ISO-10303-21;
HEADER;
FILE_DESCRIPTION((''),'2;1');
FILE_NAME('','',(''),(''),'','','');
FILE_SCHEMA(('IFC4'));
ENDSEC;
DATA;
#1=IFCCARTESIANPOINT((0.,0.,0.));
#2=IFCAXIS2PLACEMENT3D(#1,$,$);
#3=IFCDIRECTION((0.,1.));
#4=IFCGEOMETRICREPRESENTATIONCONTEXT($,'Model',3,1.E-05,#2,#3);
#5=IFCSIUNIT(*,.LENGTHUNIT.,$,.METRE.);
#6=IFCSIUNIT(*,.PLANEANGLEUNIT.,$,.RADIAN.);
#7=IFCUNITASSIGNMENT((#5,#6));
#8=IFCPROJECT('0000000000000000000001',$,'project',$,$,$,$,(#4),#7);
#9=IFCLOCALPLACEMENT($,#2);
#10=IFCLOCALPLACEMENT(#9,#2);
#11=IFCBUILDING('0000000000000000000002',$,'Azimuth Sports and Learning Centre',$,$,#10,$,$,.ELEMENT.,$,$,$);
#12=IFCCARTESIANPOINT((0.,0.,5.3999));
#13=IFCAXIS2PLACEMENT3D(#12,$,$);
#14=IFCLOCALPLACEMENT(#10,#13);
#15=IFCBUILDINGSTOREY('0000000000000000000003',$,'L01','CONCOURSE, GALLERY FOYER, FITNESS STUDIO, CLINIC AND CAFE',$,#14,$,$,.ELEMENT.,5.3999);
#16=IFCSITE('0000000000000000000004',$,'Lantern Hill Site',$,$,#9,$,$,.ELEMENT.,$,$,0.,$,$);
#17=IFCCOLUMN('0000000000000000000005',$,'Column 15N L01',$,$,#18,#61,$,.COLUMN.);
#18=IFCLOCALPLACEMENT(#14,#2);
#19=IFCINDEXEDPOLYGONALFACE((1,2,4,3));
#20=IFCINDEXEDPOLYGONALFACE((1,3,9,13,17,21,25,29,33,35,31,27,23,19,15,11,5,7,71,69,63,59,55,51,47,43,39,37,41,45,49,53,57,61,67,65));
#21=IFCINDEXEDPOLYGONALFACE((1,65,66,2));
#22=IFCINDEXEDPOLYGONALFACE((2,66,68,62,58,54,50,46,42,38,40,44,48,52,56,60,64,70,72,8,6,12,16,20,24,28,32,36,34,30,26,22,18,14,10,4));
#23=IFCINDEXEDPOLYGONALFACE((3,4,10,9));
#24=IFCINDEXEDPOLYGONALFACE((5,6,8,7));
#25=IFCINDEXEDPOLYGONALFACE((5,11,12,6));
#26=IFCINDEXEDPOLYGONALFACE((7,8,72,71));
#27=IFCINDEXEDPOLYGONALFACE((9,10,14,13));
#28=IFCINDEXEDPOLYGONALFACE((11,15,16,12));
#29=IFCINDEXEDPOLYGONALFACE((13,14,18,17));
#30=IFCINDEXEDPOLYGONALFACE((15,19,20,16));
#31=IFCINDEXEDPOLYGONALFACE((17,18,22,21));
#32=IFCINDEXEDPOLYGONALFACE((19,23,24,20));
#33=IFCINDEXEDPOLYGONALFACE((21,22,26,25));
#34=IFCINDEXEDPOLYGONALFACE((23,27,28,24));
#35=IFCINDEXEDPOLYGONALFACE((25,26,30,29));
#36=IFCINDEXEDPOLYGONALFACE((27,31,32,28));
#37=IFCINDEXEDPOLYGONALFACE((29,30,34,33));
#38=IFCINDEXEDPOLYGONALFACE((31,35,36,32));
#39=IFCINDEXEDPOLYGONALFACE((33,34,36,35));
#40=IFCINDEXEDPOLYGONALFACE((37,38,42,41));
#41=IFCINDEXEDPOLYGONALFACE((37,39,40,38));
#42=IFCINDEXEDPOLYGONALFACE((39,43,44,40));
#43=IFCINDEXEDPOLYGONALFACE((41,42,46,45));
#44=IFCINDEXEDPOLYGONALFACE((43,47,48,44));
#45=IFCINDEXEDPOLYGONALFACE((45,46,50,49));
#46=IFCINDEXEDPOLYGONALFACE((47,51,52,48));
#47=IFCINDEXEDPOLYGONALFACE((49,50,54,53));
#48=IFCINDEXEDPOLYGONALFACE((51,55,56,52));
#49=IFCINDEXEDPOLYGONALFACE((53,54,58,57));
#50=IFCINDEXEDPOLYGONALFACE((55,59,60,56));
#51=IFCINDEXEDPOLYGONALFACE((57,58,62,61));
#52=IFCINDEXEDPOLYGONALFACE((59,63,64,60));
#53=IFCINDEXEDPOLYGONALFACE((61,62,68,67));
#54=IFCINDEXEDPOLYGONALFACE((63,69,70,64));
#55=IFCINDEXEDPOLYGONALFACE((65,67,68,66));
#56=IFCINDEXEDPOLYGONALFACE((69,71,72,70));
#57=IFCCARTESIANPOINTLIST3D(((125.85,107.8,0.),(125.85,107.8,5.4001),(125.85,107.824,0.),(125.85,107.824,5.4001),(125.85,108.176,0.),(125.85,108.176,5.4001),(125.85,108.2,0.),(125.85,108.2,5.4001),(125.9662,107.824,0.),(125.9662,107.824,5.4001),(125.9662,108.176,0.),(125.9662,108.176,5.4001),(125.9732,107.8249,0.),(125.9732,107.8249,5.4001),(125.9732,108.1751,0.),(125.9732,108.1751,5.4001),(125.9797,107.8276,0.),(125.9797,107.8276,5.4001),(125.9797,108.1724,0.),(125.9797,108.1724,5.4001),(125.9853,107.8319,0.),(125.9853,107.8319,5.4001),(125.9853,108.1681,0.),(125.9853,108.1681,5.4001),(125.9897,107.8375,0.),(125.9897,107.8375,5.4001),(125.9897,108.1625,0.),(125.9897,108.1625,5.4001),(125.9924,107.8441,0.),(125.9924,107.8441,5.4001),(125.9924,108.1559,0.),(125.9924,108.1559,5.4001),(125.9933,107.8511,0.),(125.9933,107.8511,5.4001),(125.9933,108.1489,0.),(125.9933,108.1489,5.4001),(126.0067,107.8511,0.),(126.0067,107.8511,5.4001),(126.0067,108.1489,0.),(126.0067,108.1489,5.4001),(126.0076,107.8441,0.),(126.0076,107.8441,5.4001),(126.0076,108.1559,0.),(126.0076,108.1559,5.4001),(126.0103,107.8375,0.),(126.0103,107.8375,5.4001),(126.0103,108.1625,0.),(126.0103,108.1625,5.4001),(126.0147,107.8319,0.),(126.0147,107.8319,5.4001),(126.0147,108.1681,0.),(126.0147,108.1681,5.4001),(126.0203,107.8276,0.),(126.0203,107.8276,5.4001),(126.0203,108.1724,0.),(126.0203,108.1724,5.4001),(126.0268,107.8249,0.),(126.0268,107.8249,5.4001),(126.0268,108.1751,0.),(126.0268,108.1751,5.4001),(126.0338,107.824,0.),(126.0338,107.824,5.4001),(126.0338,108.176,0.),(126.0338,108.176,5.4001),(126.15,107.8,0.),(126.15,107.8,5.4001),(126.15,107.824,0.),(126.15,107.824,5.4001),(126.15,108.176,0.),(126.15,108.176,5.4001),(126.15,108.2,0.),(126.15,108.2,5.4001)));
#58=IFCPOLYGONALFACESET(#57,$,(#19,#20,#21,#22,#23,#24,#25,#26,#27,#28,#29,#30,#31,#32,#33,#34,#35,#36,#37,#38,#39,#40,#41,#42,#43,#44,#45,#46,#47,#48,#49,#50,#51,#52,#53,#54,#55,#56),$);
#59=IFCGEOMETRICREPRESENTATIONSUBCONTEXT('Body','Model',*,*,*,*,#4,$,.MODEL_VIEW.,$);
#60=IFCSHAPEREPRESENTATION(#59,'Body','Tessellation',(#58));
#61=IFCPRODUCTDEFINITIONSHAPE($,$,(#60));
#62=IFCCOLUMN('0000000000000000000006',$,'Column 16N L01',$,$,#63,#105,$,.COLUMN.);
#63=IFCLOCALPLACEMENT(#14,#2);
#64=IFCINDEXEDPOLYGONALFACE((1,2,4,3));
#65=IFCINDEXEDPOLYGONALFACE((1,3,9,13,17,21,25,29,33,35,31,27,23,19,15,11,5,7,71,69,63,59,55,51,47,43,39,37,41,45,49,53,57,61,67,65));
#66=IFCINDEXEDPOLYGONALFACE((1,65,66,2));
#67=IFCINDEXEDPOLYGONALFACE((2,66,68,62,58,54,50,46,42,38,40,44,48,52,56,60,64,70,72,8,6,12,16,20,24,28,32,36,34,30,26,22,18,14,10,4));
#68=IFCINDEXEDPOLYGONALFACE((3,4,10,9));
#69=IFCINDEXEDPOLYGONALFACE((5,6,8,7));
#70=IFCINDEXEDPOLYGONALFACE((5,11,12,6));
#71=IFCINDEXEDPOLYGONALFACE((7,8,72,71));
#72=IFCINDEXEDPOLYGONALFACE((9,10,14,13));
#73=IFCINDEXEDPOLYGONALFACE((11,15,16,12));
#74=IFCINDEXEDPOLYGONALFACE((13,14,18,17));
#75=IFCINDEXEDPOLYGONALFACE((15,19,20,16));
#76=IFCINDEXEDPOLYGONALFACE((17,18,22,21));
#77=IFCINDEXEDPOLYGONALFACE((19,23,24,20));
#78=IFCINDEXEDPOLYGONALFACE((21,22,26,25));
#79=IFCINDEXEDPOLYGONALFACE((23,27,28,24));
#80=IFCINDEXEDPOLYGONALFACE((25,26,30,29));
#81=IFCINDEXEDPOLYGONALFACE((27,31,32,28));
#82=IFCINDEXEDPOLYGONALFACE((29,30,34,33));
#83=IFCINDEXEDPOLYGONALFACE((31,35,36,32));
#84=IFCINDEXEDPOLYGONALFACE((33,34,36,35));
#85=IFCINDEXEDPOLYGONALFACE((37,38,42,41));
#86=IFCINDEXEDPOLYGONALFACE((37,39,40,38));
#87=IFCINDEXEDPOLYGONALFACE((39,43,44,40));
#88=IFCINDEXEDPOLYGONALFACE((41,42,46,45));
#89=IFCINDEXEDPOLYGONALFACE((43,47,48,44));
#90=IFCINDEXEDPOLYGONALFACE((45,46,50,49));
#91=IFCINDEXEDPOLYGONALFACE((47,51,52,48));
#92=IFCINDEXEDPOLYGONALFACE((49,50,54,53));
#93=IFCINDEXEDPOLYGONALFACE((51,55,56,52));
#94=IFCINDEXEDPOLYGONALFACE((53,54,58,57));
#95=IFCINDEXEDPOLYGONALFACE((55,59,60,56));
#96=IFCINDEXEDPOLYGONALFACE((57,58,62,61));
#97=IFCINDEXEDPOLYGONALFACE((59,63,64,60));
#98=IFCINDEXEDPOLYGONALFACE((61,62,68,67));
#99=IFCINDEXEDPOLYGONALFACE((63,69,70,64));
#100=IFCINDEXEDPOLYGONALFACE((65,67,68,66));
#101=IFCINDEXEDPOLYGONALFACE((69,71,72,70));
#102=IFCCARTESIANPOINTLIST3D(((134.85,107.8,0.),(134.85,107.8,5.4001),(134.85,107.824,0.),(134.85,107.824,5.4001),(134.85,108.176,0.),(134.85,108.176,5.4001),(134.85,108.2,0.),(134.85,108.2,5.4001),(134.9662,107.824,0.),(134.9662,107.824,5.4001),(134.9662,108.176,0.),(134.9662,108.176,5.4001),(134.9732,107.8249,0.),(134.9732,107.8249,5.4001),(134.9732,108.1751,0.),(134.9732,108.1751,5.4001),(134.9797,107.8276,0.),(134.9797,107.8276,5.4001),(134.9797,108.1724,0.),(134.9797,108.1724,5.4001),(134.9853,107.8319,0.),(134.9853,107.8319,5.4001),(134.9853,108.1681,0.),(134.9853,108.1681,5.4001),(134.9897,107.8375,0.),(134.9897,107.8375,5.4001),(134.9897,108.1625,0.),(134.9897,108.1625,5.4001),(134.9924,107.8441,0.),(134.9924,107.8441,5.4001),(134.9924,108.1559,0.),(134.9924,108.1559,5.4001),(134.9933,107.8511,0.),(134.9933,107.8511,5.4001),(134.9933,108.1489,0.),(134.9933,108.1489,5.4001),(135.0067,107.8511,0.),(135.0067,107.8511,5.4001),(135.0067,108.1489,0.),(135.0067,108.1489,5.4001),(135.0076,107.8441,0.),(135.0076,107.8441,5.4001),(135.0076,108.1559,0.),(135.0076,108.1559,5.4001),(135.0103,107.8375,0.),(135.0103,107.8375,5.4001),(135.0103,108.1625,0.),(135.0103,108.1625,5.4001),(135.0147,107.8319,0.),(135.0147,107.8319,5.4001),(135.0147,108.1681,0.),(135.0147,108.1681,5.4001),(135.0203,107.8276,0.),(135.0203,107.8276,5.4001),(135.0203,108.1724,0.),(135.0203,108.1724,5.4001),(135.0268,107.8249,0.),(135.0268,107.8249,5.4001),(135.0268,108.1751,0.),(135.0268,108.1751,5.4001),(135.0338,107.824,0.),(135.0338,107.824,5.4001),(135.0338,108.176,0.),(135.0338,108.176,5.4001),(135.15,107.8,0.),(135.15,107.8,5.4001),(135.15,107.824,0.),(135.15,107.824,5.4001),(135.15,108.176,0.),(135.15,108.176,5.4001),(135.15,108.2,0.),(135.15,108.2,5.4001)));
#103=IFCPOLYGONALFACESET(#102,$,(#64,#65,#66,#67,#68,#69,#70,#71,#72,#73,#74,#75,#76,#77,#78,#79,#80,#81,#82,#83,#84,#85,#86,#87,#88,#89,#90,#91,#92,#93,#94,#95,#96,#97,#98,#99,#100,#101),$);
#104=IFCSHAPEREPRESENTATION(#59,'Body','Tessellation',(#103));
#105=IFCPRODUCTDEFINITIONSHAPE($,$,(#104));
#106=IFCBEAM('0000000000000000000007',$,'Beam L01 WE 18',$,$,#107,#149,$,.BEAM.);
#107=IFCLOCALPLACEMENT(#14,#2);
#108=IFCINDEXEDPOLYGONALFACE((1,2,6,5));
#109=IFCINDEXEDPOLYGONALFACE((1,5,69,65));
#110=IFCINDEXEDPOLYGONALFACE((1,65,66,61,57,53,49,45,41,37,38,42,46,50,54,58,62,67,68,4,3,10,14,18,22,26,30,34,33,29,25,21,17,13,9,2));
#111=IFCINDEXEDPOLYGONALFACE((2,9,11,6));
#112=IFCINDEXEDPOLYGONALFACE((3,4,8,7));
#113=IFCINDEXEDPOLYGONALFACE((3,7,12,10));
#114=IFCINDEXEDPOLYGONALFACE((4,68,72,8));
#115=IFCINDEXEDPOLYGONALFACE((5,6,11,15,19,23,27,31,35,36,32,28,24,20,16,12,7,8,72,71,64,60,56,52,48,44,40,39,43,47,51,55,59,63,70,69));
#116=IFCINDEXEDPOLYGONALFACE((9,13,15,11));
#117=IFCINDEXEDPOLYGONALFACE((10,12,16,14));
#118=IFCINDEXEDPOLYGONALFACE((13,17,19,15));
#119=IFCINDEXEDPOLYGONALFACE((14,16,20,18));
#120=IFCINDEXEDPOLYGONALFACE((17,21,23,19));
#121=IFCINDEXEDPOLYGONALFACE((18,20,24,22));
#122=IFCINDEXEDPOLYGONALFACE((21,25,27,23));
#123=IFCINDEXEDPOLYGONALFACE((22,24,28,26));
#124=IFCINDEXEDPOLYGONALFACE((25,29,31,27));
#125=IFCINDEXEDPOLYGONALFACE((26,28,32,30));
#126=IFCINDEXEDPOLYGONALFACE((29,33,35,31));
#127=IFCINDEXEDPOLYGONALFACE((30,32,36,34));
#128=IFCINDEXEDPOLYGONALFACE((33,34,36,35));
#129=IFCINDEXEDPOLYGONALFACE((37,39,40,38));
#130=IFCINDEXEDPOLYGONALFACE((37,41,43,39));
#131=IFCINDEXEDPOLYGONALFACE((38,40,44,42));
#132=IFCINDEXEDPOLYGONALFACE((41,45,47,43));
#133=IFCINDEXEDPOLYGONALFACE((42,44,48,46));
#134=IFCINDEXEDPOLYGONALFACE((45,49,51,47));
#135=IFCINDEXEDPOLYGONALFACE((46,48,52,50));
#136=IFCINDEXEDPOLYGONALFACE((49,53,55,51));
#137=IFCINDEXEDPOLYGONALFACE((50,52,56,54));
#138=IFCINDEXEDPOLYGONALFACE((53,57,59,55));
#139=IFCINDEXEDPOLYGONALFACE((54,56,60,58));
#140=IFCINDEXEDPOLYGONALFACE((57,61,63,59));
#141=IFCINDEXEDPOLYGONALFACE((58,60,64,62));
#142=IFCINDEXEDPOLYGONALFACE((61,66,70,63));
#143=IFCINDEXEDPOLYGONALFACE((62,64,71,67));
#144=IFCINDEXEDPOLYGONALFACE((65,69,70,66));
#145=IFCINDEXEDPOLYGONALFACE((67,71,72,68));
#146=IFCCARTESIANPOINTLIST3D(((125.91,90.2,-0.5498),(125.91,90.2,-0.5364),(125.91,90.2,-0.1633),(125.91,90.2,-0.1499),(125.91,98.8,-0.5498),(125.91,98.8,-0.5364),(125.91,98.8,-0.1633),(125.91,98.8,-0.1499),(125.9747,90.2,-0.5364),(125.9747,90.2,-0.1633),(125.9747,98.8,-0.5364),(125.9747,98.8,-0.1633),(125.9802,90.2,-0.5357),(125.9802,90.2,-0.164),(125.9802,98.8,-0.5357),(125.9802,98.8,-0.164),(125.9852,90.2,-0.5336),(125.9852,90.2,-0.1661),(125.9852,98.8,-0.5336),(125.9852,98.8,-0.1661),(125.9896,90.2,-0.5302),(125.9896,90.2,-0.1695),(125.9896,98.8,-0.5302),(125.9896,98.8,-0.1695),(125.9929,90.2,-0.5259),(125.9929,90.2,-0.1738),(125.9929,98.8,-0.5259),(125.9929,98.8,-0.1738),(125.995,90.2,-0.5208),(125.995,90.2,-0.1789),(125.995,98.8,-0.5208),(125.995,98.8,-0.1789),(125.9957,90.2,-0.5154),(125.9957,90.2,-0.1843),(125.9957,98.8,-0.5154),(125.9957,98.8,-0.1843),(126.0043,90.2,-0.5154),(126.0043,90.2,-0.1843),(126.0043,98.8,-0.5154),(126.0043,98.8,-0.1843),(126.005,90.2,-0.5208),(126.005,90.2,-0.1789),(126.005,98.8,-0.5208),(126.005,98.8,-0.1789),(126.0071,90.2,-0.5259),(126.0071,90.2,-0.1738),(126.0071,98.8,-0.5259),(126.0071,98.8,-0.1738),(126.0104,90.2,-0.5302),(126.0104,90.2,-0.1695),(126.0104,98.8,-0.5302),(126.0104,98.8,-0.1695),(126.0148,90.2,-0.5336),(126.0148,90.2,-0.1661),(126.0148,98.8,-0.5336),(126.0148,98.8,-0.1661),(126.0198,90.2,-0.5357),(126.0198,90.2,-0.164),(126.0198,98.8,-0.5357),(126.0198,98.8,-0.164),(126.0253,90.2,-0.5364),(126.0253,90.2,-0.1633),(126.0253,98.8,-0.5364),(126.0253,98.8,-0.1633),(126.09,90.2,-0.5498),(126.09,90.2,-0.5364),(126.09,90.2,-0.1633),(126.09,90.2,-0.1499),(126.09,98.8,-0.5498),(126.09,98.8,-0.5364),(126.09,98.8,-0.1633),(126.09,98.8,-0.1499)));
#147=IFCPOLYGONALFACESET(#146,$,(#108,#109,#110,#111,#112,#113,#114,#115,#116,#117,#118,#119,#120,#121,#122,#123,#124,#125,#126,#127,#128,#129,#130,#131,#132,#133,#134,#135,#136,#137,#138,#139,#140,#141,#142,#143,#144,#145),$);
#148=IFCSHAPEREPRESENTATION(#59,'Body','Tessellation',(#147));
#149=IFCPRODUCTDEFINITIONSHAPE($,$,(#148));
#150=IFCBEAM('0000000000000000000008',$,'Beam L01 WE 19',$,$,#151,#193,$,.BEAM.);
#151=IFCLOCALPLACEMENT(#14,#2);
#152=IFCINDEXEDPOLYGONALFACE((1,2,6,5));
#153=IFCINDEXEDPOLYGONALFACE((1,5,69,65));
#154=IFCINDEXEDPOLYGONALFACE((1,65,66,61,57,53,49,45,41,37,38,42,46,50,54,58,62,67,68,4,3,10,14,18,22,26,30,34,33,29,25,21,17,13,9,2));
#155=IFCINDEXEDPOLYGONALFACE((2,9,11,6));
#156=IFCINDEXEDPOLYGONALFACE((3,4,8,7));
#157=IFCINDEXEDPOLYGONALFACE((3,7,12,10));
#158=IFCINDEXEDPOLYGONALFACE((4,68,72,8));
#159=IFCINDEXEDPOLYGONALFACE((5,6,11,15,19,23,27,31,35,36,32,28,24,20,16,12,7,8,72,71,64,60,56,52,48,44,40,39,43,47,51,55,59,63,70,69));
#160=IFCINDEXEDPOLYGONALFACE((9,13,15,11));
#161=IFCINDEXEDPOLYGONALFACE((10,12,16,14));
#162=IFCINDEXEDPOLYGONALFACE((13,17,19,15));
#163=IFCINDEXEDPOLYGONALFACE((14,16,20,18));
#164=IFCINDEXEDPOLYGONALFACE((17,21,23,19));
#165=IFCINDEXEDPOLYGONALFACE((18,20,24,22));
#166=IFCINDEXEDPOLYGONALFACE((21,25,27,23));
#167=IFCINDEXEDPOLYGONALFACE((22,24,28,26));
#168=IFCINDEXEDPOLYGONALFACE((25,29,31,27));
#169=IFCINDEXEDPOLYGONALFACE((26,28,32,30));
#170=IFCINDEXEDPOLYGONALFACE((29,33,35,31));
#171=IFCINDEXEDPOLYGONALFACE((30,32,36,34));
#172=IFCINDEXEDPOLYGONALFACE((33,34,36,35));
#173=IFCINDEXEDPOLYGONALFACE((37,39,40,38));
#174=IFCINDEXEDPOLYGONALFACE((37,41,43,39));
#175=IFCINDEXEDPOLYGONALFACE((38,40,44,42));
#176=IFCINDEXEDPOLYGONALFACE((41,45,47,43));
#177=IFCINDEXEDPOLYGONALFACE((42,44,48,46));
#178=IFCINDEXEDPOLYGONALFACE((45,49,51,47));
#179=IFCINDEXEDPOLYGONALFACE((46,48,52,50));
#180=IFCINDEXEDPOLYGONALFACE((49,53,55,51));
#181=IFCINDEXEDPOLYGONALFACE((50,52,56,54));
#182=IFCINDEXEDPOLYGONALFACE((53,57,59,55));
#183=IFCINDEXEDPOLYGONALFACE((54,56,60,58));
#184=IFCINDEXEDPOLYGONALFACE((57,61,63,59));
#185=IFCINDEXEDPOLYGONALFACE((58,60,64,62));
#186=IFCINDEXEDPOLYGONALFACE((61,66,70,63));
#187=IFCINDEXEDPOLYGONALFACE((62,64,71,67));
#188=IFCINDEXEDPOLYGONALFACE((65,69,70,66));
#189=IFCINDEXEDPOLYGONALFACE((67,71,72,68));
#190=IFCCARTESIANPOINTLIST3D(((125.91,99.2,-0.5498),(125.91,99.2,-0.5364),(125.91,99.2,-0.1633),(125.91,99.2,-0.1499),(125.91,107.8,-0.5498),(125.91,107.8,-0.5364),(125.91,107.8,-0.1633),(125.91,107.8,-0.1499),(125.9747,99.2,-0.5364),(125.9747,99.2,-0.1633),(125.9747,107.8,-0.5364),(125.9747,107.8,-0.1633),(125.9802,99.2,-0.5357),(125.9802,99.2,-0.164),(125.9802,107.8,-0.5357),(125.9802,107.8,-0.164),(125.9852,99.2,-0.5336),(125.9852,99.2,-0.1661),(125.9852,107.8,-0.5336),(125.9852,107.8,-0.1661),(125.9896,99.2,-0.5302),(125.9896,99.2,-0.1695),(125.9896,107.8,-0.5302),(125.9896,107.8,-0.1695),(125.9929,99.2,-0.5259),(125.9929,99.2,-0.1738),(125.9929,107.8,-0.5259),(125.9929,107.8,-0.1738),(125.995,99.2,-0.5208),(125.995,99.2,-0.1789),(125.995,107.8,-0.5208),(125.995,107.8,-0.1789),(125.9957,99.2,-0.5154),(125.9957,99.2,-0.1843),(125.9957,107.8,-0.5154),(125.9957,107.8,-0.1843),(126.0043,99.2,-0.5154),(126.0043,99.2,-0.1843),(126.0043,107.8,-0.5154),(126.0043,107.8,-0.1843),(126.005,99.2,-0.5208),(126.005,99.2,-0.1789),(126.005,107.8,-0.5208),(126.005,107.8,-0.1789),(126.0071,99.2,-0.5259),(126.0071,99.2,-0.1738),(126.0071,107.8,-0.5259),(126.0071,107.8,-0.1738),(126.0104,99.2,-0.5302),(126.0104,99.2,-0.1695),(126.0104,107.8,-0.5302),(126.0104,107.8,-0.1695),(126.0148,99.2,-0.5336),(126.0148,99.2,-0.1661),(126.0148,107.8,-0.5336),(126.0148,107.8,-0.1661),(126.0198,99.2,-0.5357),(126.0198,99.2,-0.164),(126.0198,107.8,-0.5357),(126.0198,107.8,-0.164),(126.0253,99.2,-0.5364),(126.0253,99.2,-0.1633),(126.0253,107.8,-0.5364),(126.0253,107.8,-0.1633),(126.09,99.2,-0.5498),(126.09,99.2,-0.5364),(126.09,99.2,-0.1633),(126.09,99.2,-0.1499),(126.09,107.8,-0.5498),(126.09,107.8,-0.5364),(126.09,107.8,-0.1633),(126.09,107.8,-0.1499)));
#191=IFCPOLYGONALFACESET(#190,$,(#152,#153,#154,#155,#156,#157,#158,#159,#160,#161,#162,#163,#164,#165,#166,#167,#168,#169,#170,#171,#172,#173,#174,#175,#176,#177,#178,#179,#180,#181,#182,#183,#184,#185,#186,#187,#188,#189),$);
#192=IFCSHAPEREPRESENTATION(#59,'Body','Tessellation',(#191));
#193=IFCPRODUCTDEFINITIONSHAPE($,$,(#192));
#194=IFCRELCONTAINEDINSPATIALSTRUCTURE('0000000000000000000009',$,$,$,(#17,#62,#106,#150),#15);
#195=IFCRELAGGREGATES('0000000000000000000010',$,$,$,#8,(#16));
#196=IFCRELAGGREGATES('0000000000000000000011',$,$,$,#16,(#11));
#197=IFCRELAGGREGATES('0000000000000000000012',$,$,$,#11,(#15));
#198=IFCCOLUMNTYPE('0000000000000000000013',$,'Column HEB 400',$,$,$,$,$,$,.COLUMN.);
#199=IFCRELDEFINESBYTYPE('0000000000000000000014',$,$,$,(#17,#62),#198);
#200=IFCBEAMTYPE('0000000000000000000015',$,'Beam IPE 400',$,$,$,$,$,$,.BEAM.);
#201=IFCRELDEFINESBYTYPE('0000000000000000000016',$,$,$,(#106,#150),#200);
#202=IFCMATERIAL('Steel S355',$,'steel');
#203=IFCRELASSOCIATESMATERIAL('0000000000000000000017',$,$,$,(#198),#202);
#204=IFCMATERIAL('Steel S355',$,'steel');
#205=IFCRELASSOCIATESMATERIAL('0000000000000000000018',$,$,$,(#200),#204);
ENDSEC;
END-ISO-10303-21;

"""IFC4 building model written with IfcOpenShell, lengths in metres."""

from ifc_helpers import new_model, si_unit, direction, frame, origin, origin_2d, place, context, subcontext, project, spatial, i_section, extrude, material, material_profile, profile_set, type_object, element, save


model = new_model("IFC4")

# Units and contexts
model_context = context("Model", 3, precision=1e-05, world=origin(), true_north=direction((0.0, 1.0)))
body_context = subcontext(model_context, "Body", "Model", "MODEL_VIEW")
ifc_project = project(units=[si_unit("LENGTHUNIT", "METRE"), si_unit("PLANEANGLEUNIT", "RADIAN")], contexts=[model_context])

# Site, building, storey
site_placement = place(None, origin())
site = spatial("IfcSite", under=ifc_project, at=site_placement, Name="Lantern Hill Site", CompositionType="ELEMENT", RefElevation=0.0)
building_placement = place(site_placement, origin())
building = spatial("IfcBuilding", under=site, at=building_placement, Name="Azimuth Sports and Learning Centre", CompositionType="ELEMENT")
storey_placement = place(building_placement, frame((0.0, 0.0, 5.3999)))
storey = spatial("IfcBuildingStorey", under=building, at=storey_placement, Name="L01", Description="CONCOURSE, GALLERY FOYER, FITNESS STUDIO, CLINIC AND CAFE", CompositionType="ELEMENT", Elevation=5.3999)

# Columns
ifc_material_1 = material(Name="Steel S355", Category="steel")
ifc_material_profile_1 = material_profile(ifc_material_1, i_section(OverallWidth=0.3, OverallDepth=0.3999, WebThickness=0.0134, FlangeThickness=0.0239, FilletRadius=0.0271, at=origin_2d()), Name="HEB 400")
ifc_profile_set_1 = profile_set([ifc_material_profile_1], Name="Steel S355")
column_type = type_object("IfcColumnType", Name="Column HEB 400", PredefinedType="COLUMN", material=ifc_profile_set_1)
for number, where, z_axis, x_axis, name in (
    (1, (126.0, 108.0, 0.0), (0.0, 0.0, 1.0), (1.0, 0.0, 0.0), "Column 15N L01"),
    (2, (135.0, 108.0, 0.0), (0.0, 0.0, 1.0), (1.0, 0.0, 0.0), "Column 16N L01"),
):
    element("IfcColumn", number, at=place(storey_placement, frame(where, z_axis=z_axis, x_axis=x_axis)), inside=storey, type_object=column_type, Name=name, PredefinedType="COLUMN", context=body_context, shape_type="SweptSolid", body=[
        extrude(i_section(OverallWidth=0.3, OverallDepth=0.3999, WebThickness=0.0134, FlangeThickness=0.0239, FilletRadius=0.0271, at=origin_2d()), origin(), (0.0, 0.0, 1.0), 5.4001),
    ])

# Beams
ifc_material_2 = material(Name="Steel S355", Category="steel")
ifc_material_profile_2 = material_profile(ifc_material_2, i_section(OverallWidth=0.1799, OverallDepth=0.3999, WebThickness=0.0085, FlangeThickness=0.0134, FilletRadius=0.021, at=origin_2d()), Name="IPE 400")
ifc_profile_set_2 = profile_set([ifc_material_profile_2], Name="Steel S355")
beam_type_1 = type_object("IfcBeamType", Name="Beam IPE 400", PredefinedType="BEAM", material=ifc_profile_set_2)
for number, where, z_axis, x_axis, name in (
    (3, (126.0, 90.2, -0.3499), (0.0, 1.0, 0.0), (-1.0, 0.0, 0.0), "Beam L01 WE 18"),
    (4, (126.0, 99.2, -0.3499), (0.0, 1.0, 0.0), (-1.0, 0.0, 0.0), "Beam L01 WE 19"),
):
    element("IfcBeam", number, at=place(storey_placement, frame(where, z_axis=z_axis, x_axis=x_axis)), inside=storey, type_object=beam_type_1, Name=name, PredefinedType="BEAM", context=body_context, shape_type="SweptSolid", body=[
        extrude(i_section(OverallWidth=0.1799, OverallDepth=0.3999, WebThickness=0.0085, FlangeThickness=0.0134, FilletRadius=0.021, at=origin_2d()), origin(), (0.0, 0.0, 1.0), 8.6001),
    ])

save(model, "model.ifc")
